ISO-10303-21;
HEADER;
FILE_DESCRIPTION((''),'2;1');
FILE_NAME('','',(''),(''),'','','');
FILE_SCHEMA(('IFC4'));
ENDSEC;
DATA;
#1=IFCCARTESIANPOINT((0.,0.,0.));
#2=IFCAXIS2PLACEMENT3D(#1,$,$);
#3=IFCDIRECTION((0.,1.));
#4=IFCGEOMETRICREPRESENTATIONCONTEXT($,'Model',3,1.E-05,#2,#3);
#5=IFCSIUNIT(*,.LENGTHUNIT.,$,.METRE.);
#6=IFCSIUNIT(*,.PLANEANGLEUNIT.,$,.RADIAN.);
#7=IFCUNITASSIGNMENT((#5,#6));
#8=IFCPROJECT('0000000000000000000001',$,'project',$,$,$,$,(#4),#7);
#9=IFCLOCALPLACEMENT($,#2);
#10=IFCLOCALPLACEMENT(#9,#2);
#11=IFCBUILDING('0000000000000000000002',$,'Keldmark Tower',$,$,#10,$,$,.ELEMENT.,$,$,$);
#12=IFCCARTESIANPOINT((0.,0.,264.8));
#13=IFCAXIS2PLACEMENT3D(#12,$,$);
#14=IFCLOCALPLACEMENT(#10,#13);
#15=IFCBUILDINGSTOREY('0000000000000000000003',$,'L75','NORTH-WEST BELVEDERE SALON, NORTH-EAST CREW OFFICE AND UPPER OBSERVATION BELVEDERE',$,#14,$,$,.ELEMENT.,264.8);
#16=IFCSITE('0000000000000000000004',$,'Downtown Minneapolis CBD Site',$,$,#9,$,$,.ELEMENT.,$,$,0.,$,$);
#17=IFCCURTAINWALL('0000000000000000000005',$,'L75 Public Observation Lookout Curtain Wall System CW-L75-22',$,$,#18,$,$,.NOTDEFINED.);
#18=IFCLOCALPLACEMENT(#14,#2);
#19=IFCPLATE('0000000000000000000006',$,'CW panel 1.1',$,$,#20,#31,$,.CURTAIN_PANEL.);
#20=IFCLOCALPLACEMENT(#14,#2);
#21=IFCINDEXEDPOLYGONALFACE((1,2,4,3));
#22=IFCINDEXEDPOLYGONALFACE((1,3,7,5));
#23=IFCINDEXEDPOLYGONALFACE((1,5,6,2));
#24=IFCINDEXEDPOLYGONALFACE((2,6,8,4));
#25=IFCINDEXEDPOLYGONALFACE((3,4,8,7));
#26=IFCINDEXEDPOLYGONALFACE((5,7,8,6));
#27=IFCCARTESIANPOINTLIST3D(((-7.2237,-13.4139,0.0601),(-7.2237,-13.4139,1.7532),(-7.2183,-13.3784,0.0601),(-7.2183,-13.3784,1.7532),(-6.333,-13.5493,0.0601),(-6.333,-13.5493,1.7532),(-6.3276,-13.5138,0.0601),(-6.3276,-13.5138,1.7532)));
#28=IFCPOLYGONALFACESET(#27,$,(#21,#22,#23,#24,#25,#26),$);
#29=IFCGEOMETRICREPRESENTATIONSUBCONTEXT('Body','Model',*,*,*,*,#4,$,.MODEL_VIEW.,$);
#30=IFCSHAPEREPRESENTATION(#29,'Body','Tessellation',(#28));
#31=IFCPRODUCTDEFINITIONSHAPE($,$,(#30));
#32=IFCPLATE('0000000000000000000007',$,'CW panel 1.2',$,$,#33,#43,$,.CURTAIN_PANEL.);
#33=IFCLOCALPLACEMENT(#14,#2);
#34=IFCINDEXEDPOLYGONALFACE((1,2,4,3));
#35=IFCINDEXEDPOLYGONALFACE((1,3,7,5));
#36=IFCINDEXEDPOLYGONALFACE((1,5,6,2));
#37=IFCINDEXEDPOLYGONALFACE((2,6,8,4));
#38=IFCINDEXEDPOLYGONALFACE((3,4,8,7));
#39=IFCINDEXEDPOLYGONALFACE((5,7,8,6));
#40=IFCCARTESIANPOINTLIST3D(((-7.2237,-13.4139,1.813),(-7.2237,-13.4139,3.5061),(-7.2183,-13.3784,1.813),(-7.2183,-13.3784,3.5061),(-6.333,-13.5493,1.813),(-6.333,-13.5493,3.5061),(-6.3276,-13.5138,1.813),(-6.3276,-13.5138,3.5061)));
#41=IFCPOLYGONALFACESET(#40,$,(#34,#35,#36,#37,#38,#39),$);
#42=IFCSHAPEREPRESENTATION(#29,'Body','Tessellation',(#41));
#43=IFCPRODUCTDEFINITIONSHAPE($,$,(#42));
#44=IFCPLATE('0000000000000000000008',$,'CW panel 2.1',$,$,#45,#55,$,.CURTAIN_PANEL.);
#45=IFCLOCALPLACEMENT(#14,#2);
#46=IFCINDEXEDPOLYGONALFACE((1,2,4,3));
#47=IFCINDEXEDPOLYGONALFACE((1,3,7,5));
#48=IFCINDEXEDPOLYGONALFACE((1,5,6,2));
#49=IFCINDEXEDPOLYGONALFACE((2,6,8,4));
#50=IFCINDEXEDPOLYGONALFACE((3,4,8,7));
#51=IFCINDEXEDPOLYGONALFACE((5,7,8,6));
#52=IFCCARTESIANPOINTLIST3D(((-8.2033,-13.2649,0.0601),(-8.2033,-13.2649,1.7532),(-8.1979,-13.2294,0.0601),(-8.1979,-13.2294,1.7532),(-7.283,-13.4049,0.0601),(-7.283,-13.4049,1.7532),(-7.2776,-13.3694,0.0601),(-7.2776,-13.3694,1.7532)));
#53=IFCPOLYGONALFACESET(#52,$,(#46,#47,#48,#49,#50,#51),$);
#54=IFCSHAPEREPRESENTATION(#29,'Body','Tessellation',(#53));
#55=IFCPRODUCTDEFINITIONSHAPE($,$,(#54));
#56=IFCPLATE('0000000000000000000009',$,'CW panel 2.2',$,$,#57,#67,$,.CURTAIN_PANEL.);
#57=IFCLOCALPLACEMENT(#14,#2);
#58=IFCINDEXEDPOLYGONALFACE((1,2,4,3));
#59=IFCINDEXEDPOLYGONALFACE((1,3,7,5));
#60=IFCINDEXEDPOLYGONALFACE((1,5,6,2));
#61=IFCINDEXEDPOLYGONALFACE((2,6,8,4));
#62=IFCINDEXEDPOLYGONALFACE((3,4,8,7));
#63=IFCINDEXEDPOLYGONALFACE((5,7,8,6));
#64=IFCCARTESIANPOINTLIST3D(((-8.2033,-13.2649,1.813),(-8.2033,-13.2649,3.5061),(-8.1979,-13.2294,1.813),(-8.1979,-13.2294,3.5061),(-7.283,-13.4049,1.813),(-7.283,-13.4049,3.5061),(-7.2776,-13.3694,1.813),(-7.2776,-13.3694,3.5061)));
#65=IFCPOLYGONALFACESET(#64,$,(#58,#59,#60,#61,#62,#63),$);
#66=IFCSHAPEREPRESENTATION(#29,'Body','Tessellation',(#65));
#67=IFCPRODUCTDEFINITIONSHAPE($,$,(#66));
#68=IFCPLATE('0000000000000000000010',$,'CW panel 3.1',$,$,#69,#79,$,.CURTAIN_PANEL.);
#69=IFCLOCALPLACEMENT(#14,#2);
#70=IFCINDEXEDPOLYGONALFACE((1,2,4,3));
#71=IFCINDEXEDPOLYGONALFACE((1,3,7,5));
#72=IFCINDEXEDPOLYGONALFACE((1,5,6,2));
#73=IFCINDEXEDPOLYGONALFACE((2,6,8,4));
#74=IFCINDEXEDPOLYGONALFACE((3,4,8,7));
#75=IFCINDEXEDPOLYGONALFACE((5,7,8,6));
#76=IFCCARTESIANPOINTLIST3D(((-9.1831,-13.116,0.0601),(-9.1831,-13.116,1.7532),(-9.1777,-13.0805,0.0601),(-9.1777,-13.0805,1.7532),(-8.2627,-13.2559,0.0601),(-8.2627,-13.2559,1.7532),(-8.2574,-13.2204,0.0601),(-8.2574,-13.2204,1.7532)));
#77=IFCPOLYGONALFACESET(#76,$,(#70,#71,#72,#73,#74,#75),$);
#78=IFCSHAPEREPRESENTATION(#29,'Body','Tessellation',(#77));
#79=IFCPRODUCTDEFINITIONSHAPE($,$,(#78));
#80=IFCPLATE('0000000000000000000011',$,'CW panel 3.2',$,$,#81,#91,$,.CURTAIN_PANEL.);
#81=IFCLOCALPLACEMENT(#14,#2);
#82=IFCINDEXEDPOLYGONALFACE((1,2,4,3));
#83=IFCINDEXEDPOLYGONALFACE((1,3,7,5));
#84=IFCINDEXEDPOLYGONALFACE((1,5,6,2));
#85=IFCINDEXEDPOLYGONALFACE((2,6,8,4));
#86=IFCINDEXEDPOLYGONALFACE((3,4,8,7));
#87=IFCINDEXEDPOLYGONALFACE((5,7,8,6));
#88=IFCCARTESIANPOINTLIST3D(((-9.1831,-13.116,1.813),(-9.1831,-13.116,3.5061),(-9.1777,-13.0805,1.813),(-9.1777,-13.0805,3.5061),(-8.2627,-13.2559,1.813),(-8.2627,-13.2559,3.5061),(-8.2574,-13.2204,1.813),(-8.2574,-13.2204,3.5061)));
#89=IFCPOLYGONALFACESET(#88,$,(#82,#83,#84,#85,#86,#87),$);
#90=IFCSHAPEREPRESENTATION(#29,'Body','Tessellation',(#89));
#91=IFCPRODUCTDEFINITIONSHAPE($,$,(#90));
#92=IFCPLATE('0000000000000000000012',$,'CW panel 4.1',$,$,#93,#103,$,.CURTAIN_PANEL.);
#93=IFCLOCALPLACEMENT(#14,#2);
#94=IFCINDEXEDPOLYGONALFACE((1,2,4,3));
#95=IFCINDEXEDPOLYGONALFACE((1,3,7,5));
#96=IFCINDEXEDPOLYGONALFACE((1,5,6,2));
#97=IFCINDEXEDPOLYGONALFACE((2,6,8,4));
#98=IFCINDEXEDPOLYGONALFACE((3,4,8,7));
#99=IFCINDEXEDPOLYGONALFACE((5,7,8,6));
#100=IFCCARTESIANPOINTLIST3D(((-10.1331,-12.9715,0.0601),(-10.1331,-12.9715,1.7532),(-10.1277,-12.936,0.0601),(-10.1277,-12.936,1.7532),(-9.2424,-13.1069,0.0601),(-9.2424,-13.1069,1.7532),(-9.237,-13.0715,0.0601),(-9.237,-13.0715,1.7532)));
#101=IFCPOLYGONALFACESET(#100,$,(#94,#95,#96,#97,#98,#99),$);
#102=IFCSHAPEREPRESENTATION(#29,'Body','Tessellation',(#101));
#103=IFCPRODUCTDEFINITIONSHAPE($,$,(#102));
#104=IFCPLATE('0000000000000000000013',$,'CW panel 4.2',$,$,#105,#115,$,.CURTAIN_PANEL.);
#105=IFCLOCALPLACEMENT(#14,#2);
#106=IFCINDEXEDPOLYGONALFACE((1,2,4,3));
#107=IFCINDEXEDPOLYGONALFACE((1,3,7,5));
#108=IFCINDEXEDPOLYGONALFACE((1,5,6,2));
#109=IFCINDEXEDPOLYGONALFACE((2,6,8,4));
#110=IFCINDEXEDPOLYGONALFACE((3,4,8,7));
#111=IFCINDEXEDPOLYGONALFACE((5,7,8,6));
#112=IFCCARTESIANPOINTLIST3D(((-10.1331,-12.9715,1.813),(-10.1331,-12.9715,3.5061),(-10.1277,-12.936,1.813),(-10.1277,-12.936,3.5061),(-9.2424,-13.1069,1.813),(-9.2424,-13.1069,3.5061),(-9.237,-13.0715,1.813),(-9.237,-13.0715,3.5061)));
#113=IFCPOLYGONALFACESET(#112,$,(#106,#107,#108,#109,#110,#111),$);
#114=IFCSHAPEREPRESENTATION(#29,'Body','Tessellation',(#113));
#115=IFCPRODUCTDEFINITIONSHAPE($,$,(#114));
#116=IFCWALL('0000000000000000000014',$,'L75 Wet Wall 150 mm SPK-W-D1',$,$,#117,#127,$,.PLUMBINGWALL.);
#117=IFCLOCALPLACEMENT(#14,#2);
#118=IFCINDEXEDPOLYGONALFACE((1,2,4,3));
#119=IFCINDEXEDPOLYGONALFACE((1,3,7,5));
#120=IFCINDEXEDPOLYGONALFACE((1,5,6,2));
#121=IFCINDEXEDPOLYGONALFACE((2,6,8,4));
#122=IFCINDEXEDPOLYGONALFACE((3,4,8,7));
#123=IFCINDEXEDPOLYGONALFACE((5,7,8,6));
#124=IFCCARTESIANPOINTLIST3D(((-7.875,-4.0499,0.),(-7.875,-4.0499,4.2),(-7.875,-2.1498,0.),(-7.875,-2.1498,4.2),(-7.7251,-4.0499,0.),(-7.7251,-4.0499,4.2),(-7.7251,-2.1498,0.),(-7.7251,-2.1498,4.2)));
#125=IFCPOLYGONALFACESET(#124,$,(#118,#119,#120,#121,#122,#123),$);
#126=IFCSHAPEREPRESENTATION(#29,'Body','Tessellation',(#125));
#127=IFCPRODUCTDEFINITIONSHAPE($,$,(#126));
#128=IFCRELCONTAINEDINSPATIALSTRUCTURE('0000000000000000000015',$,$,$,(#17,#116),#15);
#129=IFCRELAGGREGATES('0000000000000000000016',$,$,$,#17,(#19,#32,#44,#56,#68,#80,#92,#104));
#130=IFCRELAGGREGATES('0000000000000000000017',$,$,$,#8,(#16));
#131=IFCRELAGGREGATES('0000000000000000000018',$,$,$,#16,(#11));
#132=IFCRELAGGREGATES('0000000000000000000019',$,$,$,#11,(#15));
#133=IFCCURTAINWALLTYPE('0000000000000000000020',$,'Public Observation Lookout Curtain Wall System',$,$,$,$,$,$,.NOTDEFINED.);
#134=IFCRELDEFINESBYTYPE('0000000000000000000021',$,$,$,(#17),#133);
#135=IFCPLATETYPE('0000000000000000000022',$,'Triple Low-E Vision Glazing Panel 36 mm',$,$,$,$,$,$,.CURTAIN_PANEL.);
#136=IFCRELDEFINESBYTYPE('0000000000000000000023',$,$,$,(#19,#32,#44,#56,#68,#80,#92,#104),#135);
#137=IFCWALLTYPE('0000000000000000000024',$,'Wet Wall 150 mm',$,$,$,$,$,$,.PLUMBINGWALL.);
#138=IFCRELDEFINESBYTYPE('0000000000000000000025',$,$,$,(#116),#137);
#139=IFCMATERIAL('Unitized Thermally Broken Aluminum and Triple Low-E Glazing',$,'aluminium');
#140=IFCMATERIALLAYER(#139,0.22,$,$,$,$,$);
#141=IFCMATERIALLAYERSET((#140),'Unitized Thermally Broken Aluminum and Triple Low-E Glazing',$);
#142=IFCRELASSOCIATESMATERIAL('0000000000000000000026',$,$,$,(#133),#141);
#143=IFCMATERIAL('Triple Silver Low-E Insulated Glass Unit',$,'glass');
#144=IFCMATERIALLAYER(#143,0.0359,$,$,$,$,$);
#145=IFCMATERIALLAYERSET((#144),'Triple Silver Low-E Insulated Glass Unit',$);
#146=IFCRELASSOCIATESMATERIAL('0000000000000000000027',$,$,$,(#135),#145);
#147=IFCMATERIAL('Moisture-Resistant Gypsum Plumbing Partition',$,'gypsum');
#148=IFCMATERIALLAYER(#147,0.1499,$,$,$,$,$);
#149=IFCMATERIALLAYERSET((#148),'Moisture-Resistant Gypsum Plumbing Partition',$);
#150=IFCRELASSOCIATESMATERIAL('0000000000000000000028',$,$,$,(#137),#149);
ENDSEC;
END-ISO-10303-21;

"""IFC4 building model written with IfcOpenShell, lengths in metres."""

from ifc_helpers import new_model, si_unit, direction, frame, frame_2d, origin, origin_2d, place, context, subcontext, project, spatial, rectangle, extrude, material, layer, layer_set, type_object, element, aggregate, save


model = new_model("IFC4")

# Units and contexts
model_context = context("Model", 3, precision=1e-05, world=origin(), true_north=direction((0.0, 1.0)))
body_context = subcontext(model_context, "Body", "Model", "MODEL_VIEW")
ifc_project = project(units=[si_unit("LENGTHUNIT", "METRE"), si_unit("PLANEANGLEUNIT", "RADIAN")], contexts=[model_context])

# Site, building, storey
site_placement = place(None, origin())
site = spatial("IfcSite", under=ifc_project, at=site_placement, Name="Downtown Minneapolis CBD Site", CompositionType="ELEMENT", RefElevation=0.0)
building_placement = place(site_placement, origin())
building = spatial("IfcBuilding", under=site, at=building_placement, Name="Keldmark Tower", CompositionType="ELEMENT")
storey_placement = place(building_placement, frame((0.0, 0.0, 264.8)))
storey = spatial("IfcBuildingStorey", under=building, at=storey_placement, Name="L75", Description="NORTH-WEST BELVEDERE SALON, NORTH-EAST CREW OFFICE AND UPPER OBSERVATION BELVEDERE", CompositionType="ELEMENT", Elevation=264.8)

# Curtain wall
ifc_material_1 = material(Name="Unitized Thermally Broken Aluminum and Triple Low-E Glazing", Category="aluminium")
ifc_layer_1 = layer(ifc_material_1, 0.22)
ifc_layer_set_1 = layer_set([ifc_layer_1], Name="Unitized Thermally Broken Aluminum and Triple Low-E Glazing")
curtain_wall_type = type_object("IfcCurtainWallType", Name="Public Observation Lookout Curtain Wall System", PredefinedType="NOTDEFINED", material=ifc_layer_set_1)
curtain_wall_1_placement = place(storey_placement, origin())
curtain_wall_1 = element("IfcCurtainWall", 1, at=curtain_wall_1_placement, inside=storey, type_object=curtain_wall_type, Name="L75 Public Observation Lookout Curtain Wall System CW-L75-22", PredefinedType="NOTDEFINED")

# Plates
ifc_material_2 = material(Name="Triple Silver Low-E Insulated Glass Unit", Category="glass")
ifc_layer_2 = layer(ifc_material_2, 0.0359)
ifc_layer_set_2 = layer_set([ifc_layer_2], Name="Triple Silver Low-E Insulated Glass Unit")
plate_type_1 = type_object("IfcPlateType", Name="Triple Low-E Vision Glazing Panel 36 mm", PredefinedType="CURTAIN_PANEL", material=ifc_layer_set_2)
plate_1_placement = place(storey_placement, frame((-6.7756, -13.4639, 0.0601), z_axis=(0.0, 0.0, 1.0), x_axis=(-0.988635, 0.150337, 0.0)))
plate_1 = element("IfcPlate", 2, at=plate_1_placement, type_object=plate_type_1, Name="CW panel 1.1", PredefinedType="CURTAIN_PANEL", context=body_context, shape_type="SweptSolid", body=[
    extrude(rectangle(XDim=0.9009, YDim=0.0359, at=origin_2d()), origin(), (0.0, 0.0, 1.0), 1.6931),
])
plate_2_placement = place(storey_placement, frame((-6.7756, -13.4639, 1.813), z_axis=(0.0, 0.0, 1.0), x_axis=(-0.988635, 0.150337, 0.0)))
plate_2 = element("IfcPlate", 3, at=plate_2_placement, type_object=plate_type_1, Name="CW panel 1.2", PredefinedType="CURTAIN_PANEL", context=body_context, shape_type="SweptSolid", body=[
    extrude(rectangle(XDim=0.9009, YDim=0.0359, at=origin_2d()), origin(), (0.0, 0.0, 1.0), 1.6931),
])
plate_3_placement = place(storey_placement, frame((-7.7405, -13.3171, 0.0601), z_axis=(0.0, 0.0, 1.0), x_axis=(-0.988635, 0.150337, 0.0)))
plate_3 = element("IfcPlate", 4, at=plate_3_placement, type_object=plate_type_1, Name="CW panel 2.1", PredefinedType="CURTAIN_PANEL", context=body_context, shape_type="SweptSolid", body=[
    extrude(rectangle(XDim=0.9309, YDim=0.0359, at=origin_2d()), origin(), (0.0, 0.0, 1.0), 1.6931),
])
plate_4_placement = place(storey_placement, frame((-7.7405, -13.3171, 1.813), z_axis=(0.0, 0.0, 1.0), x_axis=(-0.988635, 0.150337, 0.0)))
plate_4 = element("IfcPlate", 5, at=plate_4_placement, type_object=plate_type_1, Name="CW panel 2.2", PredefinedType="CURTAIN_PANEL", context=body_context, shape_type="SweptSolid", body=[
    extrude(rectangle(XDim=0.9309, YDim=0.0359, at=origin_2d()), origin(), (0.0, 0.0, 1.0), 1.6931),
])
plate_5_placement = place(storey_placement, frame((-8.7202, -13.1682, 0.0601), z_axis=(0.0, 0.0, 1.0), x_axis=(-0.988635, 0.150337, 0.0)))
plate_5 = element("IfcPlate", 6, at=plate_5_placement, type_object=plate_type_1, Name="CW panel 3.1", PredefinedType="CURTAIN_PANEL", context=body_context, shape_type="SweptSolid", body=[
    extrude(rectangle(XDim=0.9309, YDim=0.0359, at=origin_2d()), origin(), (0.0, 0.0, 1.0), 1.6931),
])
plate_6_placement = place(storey_placement, frame((-8.7202, -13.1682, 1.813), z_axis=(0.0, 0.0, 1.0), x_axis=(-0.988635, 0.150337, 0.0)))
plate_6 = element("IfcPlate", 7, at=plate_6_placement, type_object=plate_type_1, Name="CW panel 3.2", PredefinedType="CURTAIN_PANEL", context=body_context, shape_type="SweptSolid", body=[
    extrude(rectangle(XDim=0.9309, YDim=0.0359, at=origin_2d()), origin(), (0.0, 0.0, 1.0), 1.6931),
])
plate_7_placement = place(storey_placement, frame((-9.6851, -13.0215, 0.0601), z_axis=(0.0, 0.0, 1.0), x_axis=(-0.988635, 0.150337, 0.0)))
plate_7 = element("IfcPlate", 8, at=plate_7_placement, type_object=plate_type_1, Name="CW panel 4.1", PredefinedType="CURTAIN_PANEL", context=body_context, shape_type="SweptSolid", body=[
    extrude(rectangle(XDim=0.9009, YDim=0.0359, at=origin_2d()), origin(), (0.0, 0.0, 1.0), 1.6931),
])
plate_8_placement = place(storey_placement, frame((-9.6851, -13.0215, 1.813), z_axis=(0.0, 0.0, 1.0), x_axis=(-0.988635, 0.150337, 0.0)))
plate_8 = element("IfcPlate", 9, at=plate_8_placement, type_object=plate_type_1, Name="CW panel 4.2", PredefinedType="CURTAIN_PANEL", context=body_context, shape_type="SweptSolid", body=[
    extrude(rectangle(XDim=0.9009, YDim=0.0359, at=origin_2d()), origin(), (0.0, 0.0, 1.0), 1.6931),
])
aggregate(curtain_wall_1, [plate_1, plate_2, plate_3, plate_4, plate_5, plate_6, plate_7, plate_8])

# Wall
ifc_material_3 = material(Name="Moisture-Resistant Gypsum Plumbing Partition", Category="gypsum")
ifc_layer_3 = layer(ifc_material_3, 0.1499)
ifc_layer_set_3 = layer_set([ifc_layer_3], Name="Moisture-Resistant Gypsum Plumbing Partition")
wall_type = type_object("IfcWallType", Name="Wet Wall 150 mm", PredefinedType="PLUMBINGWALL", material=ifc_layer_set_3)
wall_placement = place(storey_placement, frame((-7.8, -4.05, 0.0), z_axis=(0.0, 0.0, 1.0), x_axis=(0.0, 1.0, 0.0)))
element("IfcWall", 10, at=wall_placement, inside=storey, type_object=wall_type, Name="L75 Wet Wall 150 mm SPK-W-D1", PredefinedType="PLUMBINGWALL", context=body_context, shape_type="SweptSolid", body=[
    extrude(rectangle(XDim=1.9001, YDim=0.1499, at=frame_2d((0.9502, 0.0))), origin(), (0.0, 0.0, 1.0), 4.2),
])

save(model, "model.ifc")
